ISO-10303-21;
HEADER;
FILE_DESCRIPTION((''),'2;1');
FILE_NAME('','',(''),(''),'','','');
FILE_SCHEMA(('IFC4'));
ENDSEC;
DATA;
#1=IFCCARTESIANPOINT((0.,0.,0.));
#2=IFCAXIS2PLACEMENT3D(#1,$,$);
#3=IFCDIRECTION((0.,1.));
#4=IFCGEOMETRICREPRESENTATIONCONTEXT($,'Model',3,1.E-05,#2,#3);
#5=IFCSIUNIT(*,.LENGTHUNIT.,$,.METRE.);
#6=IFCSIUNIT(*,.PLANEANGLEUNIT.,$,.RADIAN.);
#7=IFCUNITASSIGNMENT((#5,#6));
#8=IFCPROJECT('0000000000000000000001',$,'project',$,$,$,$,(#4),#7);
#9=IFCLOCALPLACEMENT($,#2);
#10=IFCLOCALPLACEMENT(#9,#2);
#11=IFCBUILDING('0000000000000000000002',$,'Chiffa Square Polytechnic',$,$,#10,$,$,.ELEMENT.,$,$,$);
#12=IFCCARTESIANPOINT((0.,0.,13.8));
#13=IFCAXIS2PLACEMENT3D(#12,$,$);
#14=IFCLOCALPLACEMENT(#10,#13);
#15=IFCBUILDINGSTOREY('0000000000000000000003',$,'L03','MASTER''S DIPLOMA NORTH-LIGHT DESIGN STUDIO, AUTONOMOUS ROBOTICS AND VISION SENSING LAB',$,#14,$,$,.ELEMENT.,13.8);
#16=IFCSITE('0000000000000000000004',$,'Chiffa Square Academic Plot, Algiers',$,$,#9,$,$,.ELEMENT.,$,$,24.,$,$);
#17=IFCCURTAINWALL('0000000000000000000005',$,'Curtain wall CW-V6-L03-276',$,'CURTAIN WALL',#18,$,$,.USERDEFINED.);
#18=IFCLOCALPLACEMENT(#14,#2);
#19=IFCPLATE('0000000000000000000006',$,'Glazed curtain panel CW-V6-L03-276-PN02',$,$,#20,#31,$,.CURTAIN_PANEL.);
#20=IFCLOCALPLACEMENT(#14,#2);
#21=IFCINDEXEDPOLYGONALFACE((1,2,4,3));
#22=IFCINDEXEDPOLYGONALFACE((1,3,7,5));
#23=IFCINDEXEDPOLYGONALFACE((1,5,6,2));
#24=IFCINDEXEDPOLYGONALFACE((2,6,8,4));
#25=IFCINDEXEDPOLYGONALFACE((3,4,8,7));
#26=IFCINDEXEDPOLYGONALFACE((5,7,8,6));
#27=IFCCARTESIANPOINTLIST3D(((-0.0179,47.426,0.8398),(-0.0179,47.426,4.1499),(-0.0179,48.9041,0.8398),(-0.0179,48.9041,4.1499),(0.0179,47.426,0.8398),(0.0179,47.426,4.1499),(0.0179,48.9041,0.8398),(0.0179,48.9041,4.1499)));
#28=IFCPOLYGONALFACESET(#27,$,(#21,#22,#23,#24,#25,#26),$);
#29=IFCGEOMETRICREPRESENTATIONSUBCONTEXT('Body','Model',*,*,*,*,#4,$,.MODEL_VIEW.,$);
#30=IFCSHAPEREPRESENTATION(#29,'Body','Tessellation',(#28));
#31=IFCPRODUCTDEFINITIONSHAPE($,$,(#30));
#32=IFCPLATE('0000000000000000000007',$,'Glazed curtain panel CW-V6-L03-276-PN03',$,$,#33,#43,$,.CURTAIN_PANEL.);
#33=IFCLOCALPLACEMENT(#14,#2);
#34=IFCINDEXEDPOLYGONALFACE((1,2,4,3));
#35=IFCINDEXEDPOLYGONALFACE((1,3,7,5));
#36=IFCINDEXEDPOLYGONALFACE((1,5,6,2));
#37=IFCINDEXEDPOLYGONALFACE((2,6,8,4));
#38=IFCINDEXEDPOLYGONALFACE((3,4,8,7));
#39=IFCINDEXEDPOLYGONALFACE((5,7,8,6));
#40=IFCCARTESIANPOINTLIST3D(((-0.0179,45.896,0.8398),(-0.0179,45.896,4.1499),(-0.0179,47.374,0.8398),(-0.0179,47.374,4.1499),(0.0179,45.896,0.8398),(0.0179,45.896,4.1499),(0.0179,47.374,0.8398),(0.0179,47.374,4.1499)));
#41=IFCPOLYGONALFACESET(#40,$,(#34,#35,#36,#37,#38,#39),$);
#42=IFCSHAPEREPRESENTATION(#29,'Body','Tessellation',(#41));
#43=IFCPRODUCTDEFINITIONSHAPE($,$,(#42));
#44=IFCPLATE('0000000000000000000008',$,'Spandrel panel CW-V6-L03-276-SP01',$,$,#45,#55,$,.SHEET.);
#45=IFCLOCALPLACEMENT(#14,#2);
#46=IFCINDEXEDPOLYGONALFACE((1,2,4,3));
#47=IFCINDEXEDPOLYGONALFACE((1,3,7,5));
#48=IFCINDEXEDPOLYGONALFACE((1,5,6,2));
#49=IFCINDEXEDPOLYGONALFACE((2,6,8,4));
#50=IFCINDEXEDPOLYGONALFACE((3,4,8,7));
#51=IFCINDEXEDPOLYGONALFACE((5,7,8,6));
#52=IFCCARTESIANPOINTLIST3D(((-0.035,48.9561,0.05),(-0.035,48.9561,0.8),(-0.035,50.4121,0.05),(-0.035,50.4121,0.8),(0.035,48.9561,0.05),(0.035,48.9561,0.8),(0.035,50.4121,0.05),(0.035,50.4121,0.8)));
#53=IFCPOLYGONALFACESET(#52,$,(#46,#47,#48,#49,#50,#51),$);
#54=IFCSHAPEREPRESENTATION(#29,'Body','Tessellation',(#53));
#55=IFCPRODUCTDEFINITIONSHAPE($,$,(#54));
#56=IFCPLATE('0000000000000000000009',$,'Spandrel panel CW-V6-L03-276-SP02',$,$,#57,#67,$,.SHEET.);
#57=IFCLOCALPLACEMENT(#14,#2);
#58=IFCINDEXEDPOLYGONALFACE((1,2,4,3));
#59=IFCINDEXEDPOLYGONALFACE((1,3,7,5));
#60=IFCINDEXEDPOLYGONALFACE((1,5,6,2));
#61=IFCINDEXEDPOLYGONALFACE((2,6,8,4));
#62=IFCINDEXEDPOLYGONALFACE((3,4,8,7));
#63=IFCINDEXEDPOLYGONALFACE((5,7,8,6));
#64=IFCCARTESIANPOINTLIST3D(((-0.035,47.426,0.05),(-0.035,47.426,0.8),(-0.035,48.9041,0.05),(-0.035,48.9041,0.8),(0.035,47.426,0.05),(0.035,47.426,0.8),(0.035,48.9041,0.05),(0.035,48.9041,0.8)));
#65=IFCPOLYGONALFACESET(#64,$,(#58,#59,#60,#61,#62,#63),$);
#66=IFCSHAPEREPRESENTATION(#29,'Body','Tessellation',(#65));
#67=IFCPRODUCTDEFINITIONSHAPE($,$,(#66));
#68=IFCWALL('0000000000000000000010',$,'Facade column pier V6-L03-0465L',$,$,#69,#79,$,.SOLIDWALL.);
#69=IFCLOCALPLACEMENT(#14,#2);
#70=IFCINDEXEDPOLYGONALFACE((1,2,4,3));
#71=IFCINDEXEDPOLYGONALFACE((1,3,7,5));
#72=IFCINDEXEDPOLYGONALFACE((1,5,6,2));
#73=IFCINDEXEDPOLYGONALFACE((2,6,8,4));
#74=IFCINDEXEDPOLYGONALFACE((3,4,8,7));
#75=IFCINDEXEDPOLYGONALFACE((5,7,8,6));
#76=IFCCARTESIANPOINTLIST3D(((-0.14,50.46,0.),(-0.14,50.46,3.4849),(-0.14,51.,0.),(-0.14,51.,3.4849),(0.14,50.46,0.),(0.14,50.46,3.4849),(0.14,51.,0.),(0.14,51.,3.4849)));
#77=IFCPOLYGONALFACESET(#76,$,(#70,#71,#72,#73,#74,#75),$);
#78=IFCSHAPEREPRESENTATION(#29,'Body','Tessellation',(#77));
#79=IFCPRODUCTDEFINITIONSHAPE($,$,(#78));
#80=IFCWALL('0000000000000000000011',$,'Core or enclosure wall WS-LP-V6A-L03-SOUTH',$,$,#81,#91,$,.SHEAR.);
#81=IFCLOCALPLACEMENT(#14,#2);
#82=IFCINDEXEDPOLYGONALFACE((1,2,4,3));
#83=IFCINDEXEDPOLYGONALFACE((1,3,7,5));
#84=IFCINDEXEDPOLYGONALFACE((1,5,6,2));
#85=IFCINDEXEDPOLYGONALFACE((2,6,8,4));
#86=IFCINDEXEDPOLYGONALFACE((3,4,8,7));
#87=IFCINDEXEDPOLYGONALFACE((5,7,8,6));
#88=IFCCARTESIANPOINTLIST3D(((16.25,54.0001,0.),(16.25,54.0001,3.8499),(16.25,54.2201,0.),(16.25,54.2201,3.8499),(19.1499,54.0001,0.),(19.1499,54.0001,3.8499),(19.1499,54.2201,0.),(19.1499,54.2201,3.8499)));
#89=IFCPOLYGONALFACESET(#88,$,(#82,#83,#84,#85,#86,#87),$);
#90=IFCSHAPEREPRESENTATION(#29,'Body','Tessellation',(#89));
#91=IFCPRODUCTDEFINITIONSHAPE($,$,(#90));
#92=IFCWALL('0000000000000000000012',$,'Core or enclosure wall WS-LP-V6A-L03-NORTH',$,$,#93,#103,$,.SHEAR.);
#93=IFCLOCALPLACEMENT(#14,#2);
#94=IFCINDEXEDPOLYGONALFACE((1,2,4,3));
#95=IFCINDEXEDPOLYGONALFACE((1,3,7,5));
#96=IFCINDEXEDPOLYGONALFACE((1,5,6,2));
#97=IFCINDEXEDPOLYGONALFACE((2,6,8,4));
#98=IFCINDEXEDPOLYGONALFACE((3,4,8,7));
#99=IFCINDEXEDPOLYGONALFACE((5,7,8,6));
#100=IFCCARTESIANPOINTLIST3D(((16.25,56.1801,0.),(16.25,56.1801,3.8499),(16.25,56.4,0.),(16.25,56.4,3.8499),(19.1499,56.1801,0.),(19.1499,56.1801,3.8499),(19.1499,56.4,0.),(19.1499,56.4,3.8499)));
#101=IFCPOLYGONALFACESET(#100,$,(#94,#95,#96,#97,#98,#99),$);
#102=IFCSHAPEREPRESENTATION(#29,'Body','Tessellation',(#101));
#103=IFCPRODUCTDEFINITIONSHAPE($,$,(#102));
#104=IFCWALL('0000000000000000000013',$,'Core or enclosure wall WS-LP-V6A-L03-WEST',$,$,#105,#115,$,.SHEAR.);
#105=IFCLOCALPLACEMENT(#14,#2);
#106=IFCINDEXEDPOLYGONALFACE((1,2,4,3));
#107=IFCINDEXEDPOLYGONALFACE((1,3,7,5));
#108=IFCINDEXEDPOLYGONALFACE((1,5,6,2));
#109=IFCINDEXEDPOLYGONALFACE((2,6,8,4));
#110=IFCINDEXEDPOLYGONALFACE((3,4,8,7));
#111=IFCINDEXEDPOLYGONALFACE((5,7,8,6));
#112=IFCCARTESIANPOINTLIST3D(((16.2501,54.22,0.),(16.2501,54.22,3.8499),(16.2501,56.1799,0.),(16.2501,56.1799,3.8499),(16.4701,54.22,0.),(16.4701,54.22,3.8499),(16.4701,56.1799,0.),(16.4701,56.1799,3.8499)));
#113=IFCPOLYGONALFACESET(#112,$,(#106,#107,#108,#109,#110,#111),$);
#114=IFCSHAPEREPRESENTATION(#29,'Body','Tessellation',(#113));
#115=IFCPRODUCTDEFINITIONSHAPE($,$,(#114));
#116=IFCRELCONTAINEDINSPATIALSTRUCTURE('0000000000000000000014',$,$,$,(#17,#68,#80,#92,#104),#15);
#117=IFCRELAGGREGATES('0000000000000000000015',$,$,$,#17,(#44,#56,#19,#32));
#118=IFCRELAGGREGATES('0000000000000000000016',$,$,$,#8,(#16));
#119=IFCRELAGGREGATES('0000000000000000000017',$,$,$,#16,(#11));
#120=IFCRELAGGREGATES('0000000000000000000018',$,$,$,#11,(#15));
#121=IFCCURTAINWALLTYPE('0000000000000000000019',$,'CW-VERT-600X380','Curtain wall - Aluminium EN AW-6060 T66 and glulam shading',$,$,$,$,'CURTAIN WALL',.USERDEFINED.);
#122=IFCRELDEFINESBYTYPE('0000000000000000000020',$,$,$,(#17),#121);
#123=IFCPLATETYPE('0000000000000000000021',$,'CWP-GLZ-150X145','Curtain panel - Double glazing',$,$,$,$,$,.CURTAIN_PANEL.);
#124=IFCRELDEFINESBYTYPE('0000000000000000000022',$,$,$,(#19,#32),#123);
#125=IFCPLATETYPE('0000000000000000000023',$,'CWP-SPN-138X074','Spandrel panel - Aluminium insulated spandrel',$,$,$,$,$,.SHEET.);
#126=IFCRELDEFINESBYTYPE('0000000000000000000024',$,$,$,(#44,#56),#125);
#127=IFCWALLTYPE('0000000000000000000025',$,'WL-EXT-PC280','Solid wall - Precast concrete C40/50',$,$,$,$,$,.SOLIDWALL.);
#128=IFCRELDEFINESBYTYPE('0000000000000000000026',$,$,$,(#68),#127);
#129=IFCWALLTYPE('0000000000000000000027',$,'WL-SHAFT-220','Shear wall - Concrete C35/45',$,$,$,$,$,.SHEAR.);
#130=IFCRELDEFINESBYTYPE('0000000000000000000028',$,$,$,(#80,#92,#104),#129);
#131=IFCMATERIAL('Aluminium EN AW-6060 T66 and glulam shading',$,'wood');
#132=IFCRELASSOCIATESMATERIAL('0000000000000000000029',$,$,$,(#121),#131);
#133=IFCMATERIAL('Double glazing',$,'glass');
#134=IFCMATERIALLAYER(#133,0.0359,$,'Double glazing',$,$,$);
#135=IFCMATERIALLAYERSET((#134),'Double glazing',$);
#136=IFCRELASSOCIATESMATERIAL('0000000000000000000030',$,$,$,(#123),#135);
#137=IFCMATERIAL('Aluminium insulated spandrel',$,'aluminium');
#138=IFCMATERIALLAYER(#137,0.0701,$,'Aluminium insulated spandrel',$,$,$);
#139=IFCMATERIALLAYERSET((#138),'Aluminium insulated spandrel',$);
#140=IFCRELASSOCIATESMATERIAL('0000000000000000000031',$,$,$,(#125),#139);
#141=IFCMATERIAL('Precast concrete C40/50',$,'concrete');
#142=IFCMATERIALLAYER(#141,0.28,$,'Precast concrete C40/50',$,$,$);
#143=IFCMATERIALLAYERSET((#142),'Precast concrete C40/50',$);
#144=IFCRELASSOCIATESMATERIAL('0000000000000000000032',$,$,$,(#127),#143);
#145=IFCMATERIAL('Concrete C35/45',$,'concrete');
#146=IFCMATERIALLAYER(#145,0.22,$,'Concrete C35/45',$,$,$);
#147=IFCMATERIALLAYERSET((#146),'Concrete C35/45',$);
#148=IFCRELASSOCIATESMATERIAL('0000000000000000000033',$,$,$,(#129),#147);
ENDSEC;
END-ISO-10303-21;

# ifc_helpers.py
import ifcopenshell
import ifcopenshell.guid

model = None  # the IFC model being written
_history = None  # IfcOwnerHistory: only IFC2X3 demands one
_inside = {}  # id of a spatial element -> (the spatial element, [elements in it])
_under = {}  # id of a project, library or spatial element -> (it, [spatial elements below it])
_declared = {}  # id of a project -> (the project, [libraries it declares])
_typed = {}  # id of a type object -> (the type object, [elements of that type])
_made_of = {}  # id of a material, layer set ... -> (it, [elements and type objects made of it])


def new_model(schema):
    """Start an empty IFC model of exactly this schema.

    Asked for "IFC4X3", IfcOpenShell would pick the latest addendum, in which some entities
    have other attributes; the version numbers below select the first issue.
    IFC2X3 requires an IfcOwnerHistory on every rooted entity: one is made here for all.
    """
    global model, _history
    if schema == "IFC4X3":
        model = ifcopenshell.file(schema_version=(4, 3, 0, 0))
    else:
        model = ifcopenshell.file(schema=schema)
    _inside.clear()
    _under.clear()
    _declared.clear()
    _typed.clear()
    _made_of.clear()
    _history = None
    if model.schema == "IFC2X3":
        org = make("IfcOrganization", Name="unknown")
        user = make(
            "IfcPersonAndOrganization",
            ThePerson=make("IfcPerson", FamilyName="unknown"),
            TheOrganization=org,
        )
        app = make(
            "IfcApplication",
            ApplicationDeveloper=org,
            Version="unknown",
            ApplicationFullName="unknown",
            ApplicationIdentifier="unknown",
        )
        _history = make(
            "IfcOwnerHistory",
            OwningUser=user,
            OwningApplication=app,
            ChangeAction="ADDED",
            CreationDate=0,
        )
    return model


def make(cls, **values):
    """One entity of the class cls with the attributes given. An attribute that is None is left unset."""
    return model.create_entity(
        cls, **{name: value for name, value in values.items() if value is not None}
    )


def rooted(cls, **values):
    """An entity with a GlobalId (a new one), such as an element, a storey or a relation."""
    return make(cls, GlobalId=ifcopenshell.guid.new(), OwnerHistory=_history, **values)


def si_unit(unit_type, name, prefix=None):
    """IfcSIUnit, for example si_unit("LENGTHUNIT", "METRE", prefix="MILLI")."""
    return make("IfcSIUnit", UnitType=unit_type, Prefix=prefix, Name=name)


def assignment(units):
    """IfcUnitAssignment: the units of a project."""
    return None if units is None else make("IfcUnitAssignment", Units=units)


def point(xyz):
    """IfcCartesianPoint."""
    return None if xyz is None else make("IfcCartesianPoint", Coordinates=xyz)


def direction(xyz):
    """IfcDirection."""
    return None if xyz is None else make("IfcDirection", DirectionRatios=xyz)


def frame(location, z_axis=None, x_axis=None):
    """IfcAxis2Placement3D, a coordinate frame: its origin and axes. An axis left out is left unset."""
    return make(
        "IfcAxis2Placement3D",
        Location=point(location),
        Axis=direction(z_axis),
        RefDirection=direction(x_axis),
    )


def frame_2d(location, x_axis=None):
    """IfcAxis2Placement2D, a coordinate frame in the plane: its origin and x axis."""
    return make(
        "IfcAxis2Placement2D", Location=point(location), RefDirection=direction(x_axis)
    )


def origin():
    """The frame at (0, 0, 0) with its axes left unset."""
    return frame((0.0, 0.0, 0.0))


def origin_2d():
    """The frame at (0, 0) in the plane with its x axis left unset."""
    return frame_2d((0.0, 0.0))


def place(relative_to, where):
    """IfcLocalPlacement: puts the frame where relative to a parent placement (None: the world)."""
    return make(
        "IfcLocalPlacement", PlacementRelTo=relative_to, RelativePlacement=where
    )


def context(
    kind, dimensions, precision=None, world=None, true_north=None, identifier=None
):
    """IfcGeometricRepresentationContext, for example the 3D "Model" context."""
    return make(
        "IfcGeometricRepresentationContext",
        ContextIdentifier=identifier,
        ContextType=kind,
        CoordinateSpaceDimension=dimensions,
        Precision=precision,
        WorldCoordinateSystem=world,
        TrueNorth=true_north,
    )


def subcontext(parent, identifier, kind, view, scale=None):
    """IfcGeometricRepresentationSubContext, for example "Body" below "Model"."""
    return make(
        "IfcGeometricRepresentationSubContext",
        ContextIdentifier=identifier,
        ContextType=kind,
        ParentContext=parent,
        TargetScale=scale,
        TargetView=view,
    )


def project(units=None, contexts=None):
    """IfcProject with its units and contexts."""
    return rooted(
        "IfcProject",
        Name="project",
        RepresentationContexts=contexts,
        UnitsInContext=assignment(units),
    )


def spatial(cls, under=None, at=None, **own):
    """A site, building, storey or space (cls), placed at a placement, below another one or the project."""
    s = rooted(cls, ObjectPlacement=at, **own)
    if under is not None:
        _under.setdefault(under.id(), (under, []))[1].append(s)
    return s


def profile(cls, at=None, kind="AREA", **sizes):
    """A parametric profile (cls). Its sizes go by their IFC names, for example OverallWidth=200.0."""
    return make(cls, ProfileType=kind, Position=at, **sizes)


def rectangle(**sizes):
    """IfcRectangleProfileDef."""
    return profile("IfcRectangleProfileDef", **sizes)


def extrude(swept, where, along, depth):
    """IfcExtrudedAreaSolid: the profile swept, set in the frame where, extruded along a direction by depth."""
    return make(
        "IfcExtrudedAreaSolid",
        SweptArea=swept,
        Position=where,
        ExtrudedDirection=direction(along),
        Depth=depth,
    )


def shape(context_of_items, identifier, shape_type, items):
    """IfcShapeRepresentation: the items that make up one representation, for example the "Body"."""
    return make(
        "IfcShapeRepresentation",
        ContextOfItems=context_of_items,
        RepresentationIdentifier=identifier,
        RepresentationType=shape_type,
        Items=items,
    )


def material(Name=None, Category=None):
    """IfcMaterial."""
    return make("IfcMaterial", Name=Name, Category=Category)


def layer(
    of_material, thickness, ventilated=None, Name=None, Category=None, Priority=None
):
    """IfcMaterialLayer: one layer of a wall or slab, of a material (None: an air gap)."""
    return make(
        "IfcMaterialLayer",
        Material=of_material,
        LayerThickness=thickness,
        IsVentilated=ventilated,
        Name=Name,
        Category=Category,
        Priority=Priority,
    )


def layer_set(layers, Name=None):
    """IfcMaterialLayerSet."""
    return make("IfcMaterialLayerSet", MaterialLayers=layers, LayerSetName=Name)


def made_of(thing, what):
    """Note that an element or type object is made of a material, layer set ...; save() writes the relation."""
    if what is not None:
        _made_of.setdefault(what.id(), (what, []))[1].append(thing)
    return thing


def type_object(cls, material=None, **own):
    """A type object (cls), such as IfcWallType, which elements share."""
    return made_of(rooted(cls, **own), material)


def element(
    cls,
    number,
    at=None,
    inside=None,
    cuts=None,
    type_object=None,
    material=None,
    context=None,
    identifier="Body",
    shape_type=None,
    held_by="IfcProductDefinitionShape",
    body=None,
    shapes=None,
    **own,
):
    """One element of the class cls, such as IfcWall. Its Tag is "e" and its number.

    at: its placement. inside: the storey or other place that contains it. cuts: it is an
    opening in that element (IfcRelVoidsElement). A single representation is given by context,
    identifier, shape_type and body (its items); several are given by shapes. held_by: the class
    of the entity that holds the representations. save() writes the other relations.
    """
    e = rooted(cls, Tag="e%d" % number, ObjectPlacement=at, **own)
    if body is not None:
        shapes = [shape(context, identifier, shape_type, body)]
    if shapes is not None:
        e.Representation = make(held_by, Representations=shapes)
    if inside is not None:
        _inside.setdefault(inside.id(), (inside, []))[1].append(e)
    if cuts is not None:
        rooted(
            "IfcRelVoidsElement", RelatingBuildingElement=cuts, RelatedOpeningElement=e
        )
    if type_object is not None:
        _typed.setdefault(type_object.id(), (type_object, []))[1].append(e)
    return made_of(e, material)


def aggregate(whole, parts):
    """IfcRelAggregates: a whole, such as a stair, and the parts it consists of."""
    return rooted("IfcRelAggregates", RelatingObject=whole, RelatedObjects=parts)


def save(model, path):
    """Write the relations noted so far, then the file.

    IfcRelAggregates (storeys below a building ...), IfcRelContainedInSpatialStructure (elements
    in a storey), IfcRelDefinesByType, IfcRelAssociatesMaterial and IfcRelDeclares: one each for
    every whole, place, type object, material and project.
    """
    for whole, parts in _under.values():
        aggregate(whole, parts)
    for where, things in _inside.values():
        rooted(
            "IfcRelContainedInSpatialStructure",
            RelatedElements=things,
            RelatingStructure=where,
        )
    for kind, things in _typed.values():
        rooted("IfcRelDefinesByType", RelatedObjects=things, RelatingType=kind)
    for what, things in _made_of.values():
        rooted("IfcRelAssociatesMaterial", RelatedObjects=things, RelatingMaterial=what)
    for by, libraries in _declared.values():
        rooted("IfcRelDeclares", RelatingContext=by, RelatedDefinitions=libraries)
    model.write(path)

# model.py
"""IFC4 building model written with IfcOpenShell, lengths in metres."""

from ifc_helpers import new_model, si_unit, direction, frame, frame_2d, origin, origin_2d, place, context, subcontext, project, spatial, rectangle, extrude, material, layer, layer_set, type_object, element, aggregate, save


model = new_model("IFC4")

# Units and contexts
model_context = context("Model", 3, precision=1e-05, world=origin(), true_north=direction((0.0, 1.0)))
body_context = subcontext(model_context, "Body", "Model", "MODEL_VIEW")
ifc_project = project(units=[si_unit("LENGTHUNIT", "METRE"), si_unit("PLANEANGLEUNIT", "RADIAN")], contexts=[model_context])

# Site, building, storey
site_placement = place(None, origin())
site = spatial("IfcSite", under=ifc_project, at=site_placement, Name="Chiffa Square Academic Plot, Algiers", CompositionType="ELEMENT", RefElevation=24.0)
building_placement = place(site_placement, origin())
building = spatial("IfcBuilding", under=site, at=building_placement, Name="Chiffa Square Polytechnic", CompositionType="ELEMENT")
storey_placement = place(building_placement, frame((0.0, 0.0, 13.8)))
storey = spatial("IfcBuildingStorey", under=building, at=storey_placement, Name="L03", Description="MASTER'S DIPLOMA NORTH-LIGHT DESIGN STUDIO, AUTONOMOUS ROBOTICS AND VISION SENSING LAB", CompositionType="ELEMENT", Elevation=13.8)

# Shared definitions
ifc_material_1 = material(Name="Concrete C35/45", Category="concrete")

# Curtain wall
ifc_material_2 = material(Name="Aluminium EN AW-6060 T66 and glulam shading", Category="wood")
curtain_wall_type = type_object("IfcCurtainWallType", Name="CW-VERT-600X380", Description="Curtain wall - Aluminium EN AW-6060 T66 and glulam shading", ElementType="CURTAIN WALL", PredefinedType="USERDEFINED", material=ifc_material_2)
curtain_wall_placement = place(storey_placement, origin())
curtain_wall = element("IfcCurtainWall", 1, at=curtain_wall_placement, inside=storey, type_object=curtain_wall_type, Name="Curtain wall CW-V6-L03-276", ObjectType="CURTAIN WALL", PredefinedType="USERDEFINED")

# Plates
ifc_material_3 = material(Name="Double glazing", Category="glass")
ifc_layer_1 = layer(ifc_material_3, 0.0359, Name="Double glazing")
ifc_layer_set_1 = layer_set([ifc_layer_1], Name="Double glazing")
plate_type_1 = type_object("IfcPlateType", Name="CWP-GLZ-150X145", Description="Curtain panel - Double glazing", PredefinedType="CURTAIN_PANEL", material=ifc_layer_set_1)
plate_1_placement = place(storey_placement, frame((0.0, 48.165, 0.8398), z_axis=(0.0, 0.0, 1.0), x_axis=(0.0, -1.0, 0.0)))
plate_1 = element("IfcPlate", 2, at=plate_1_placement, type_object=plate_type_1, Name="Glazed curtain panel CW-V6-L03-276-PN02", PredefinedType="CURTAIN_PANEL", context=body_context, shape_type="SweptSolid", body=[
    extrude(rectangle(XDim=1.478, YDim=0.0359, at=origin_2d()), origin(), (0.0, 0.0, 1.0), 3.3101),
])
plate_2_placement = place(storey_placement, frame((0.0, 46.635, 0.8398), z_axis=(0.0, 0.0, 1.0), x_axis=(0.0, -1.0, 0.0)))
plate_2 = element("IfcPlate", 3, at=plate_2_placement, type_object=plate_type_1, Name="Glazed curtain panel CW-V6-L03-276-PN03", PredefinedType="CURTAIN_PANEL", context=body_context, shape_type="SweptSolid", body=[
    extrude(rectangle(XDim=1.478, YDim=0.0359, at=origin_2d()), origin(), (0.0, 0.0, 1.0), 3.3101),
])
ifc_material_4 = material(Name="Aluminium insulated spandrel", Category="aluminium")
ifc_layer_2 = layer(ifc_material_4, 0.0701, Name="Aluminium insulated spandrel")
ifc_layer_set_2 = layer_set([ifc_layer_2], Name="Aluminium insulated spandrel")
plate_type_2 = type_object("IfcPlateType", Name="CWP-SPN-138X074", Description="Spandrel panel - Aluminium insulated spandrel", PredefinedType="SHEET", material=ifc_layer_set_2)
plate_3_placement = place(storey_placement, frame((0.0, 49.6841, 0.05), z_axis=(0.0, 0.0, 1.0), x_axis=(0.0, -1.0, 0.0)))
plate_3 = element("IfcPlate", 4, at=plate_3_placement, type_object=plate_type_2, Name="Spandrel panel CW-V6-L03-276-SP01", PredefinedType="SHEET", context=body_context, shape_type="SweptSolid", body=[
    extrude(rectangle(XDim=1.4561, YDim=0.0701, at=origin_2d()), origin(), (0.0, 0.0, 1.0), 0.75),
])
plate_4_placement = place(storey_placement, frame((0.0, 48.165, 0.05), z_axis=(0.0, 0.0, 1.0), x_axis=(0.0, -1.0, 0.0)))
plate_4 = element("IfcPlate", 5, at=plate_4_placement, type_object=plate_type_2, Name="Spandrel panel CW-V6-L03-276-SP02", PredefinedType="SHEET", context=body_context, shape_type="SweptSolid", body=[
    extrude(rectangle(XDim=1.478, YDim=0.0701, at=origin_2d()), origin(), (0.0, 0.0, 1.0), 0.75),
])
aggregate(curtain_wall, [plate_3, plate_4, plate_1, plate_2])

# Walls
ifc_material_5 = material(Name="Precast concrete C40/50", Category="concrete")
ifc_layer_3 = layer(ifc_material_5, 0.28, Name="Precast concrete C40/50")
ifc_layer_set_3 = layer_set([ifc_layer_3], Name="Precast concrete C40/50")
wall_type_1 = type_object("IfcWallType", Name="WL-EXT-PC280", Description="Solid wall - Precast concrete C40/50", PredefinedType="SOLIDWALL", material=ifc_layer_set_3)
wall_1_placement = place(storey_placement, frame((0.0, 51.0, 0.0), z_axis=(0.0, 0.0, 1.0), x_axis=(0.0, -1.0, 0.0)))
element("IfcWall", 6, at=wall_1_placement, inside=storey, type_object=wall_type_1, Name="Facade column pier V6-L03-0465L", PredefinedType="SOLIDWALL", context=body_context, shape_type="SweptSolid", body=[
    extrude(rectangle(XDim=0.54, YDim=0.28, at=frame_2d((0.27, 0.0))), origin(), (0.0, 0.0, 1.0), 3.4849),
])
ifc_layer_4 = layer(ifc_material_1, 0.22, Name="Concrete C35/45")
ifc_layer_set_4 = layer_set([ifc_layer_4], Name="Concrete C35/45")
wall_type_2 = type_object("IfcWallType", Name="WL-SHAFT-220", Description="Shear wall - Concrete C35/45", PredefinedType="SHEAR", material=ifc_layer_set_4)
for number, where, z_axis, x_axis, name in (
    (7, (16.25, 54.1101, 0.0), (0.0, 0.0, 1.0), (1.0, 0.0, 0.0), "Core or enclosure wall WS-LP-V6A-L03-SOUTH"),
    (8, (16.25, 56.29, 0.0), (0.0, 0.0, 1.0), (1.0, 0.0, 0.0), "Core or enclosure wall WS-LP-V6A-L03-NORTH"),
):
    element("IfcWall", number, at=place(storey_placement, frame(where, z_axis=z_axis, x_axis=x_axis)), inside=storey, type_object=wall_type_2, Name=name, PredefinedType="SHEAR", context=body_context, shape_type="SweptSolid", body=[
        extrude(rectangle(XDim=2.8999, YDim=0.22, at=frame_2d((1.45, 0.0))), origin(), (0.0, 0.0, 1.0), 3.8499),
    ])
wall_2_placement = place(storey_placement, frame((16.3601, 54.22, 0.0), z_axis=(0.0, 0.0, 1.0), x_axis=(0.0, 1.0, 0.0)))
element("IfcWall", 9, at=wall_2_placement, inside=storey, type_object=wall_type_2, Name="Core or enclosure wall WS-LP-V6A-L03-WEST", PredefinedType="SHEAR", context=body_context, shape_type="SweptSolid", body=[
    extrude(rectangle(XDim=1.96, YDim=0.22, at=frame_2d((0.98, 0.0))), origin(), (0.0, 0.0, 1.0), 3.8499),
])

save(model, "model.ifc")
